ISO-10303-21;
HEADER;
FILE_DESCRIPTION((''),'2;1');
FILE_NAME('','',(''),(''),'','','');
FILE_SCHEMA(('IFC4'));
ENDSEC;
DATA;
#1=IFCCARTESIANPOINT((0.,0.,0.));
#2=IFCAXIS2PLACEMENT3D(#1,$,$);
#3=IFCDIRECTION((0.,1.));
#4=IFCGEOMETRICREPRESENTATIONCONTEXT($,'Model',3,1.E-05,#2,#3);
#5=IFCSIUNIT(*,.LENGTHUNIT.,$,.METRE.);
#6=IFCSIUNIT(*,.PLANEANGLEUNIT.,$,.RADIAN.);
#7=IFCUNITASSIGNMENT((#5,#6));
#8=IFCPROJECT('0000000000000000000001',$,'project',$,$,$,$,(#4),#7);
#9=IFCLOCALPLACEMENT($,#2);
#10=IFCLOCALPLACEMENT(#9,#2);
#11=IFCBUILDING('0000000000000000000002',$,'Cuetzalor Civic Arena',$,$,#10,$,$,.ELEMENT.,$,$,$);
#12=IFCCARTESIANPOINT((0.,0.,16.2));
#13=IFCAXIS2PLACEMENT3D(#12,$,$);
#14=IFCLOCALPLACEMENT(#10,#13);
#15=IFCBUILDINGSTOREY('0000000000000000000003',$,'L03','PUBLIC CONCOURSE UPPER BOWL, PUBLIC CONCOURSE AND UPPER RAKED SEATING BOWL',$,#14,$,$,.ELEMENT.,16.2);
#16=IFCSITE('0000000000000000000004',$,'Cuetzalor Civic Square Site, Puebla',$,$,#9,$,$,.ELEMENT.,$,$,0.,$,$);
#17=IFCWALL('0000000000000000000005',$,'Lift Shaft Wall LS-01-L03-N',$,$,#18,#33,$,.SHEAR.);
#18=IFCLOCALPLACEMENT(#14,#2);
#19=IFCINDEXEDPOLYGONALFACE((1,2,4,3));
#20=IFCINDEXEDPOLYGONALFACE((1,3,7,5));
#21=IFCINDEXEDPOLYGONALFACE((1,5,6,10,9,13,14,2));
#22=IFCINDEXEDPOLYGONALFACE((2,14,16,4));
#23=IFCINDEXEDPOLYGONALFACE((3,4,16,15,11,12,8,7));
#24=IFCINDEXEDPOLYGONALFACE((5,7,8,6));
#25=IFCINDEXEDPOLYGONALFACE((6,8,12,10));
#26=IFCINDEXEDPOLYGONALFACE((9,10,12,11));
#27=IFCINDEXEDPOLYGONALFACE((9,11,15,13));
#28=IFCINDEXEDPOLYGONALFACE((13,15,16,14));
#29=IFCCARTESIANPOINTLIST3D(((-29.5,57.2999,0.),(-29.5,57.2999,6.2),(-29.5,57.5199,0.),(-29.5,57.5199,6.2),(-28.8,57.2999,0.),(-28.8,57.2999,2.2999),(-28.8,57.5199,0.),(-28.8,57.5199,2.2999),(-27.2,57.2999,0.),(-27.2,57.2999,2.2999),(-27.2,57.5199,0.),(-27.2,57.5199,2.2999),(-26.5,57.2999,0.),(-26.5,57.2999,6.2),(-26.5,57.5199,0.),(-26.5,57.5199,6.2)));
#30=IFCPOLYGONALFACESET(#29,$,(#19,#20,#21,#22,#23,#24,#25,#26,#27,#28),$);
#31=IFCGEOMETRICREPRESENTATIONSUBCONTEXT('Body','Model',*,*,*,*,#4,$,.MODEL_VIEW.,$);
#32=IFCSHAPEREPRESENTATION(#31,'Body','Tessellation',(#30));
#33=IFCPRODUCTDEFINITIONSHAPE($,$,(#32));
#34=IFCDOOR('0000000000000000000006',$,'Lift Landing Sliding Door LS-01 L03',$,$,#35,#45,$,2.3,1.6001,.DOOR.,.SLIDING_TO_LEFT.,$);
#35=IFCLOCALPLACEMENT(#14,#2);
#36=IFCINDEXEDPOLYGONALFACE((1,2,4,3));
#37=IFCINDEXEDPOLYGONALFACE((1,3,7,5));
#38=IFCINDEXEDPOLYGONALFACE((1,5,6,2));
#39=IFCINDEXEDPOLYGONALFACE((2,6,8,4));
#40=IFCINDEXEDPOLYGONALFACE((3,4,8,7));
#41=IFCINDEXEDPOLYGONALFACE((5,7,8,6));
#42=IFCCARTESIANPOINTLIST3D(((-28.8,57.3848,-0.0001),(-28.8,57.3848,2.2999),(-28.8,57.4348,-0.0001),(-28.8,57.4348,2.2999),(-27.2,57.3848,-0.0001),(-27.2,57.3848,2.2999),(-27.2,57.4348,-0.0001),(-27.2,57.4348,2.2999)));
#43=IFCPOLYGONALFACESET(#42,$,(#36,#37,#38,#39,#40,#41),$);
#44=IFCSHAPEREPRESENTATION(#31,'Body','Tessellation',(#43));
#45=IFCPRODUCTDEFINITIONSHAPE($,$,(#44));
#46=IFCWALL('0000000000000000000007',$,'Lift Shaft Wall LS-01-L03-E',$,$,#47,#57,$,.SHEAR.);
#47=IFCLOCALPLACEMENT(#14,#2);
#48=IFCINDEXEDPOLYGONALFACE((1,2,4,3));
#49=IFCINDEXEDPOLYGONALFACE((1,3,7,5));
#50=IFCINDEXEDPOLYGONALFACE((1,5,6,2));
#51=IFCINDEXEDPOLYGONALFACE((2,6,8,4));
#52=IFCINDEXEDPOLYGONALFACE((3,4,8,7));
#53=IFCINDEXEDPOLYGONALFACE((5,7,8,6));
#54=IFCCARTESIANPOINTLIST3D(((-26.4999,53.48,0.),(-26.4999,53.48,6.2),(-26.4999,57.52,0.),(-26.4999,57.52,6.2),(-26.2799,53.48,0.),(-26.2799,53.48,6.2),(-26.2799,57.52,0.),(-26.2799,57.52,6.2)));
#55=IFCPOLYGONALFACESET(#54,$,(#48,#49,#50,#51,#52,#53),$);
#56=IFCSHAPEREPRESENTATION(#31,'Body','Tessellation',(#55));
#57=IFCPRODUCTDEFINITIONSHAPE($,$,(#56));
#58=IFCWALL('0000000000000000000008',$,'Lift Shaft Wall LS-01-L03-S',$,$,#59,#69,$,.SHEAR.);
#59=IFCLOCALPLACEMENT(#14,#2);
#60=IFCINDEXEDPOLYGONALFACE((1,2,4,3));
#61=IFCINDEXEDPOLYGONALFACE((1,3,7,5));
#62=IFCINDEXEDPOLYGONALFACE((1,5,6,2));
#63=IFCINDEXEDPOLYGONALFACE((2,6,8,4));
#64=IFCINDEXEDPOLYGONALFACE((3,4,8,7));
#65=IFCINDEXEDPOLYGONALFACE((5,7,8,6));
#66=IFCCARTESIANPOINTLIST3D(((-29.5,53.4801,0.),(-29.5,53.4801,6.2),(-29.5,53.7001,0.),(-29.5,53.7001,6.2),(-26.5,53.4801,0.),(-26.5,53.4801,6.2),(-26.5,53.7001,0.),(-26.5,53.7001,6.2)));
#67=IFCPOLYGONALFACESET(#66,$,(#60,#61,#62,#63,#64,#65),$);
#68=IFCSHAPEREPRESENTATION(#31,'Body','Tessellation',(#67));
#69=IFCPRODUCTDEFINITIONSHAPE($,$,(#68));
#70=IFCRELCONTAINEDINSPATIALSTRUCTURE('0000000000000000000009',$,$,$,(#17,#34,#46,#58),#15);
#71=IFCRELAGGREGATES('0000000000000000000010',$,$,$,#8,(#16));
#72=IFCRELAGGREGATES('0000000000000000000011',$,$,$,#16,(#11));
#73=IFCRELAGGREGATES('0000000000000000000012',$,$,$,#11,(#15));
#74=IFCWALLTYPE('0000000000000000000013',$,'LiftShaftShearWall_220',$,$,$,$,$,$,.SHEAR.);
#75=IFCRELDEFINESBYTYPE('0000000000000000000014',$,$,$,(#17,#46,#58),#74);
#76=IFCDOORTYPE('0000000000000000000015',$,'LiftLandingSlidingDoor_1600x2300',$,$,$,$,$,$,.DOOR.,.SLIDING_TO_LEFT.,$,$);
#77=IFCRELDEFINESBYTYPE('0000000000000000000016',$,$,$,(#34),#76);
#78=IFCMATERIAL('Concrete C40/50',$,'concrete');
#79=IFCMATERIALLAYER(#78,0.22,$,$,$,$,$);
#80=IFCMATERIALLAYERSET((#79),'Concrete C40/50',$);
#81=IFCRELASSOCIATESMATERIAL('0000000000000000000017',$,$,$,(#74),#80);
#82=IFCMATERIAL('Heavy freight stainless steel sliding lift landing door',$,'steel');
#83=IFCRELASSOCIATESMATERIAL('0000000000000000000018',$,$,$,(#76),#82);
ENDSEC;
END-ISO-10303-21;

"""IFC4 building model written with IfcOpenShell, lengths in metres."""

from ifc_helpers import new_model, si_unit, direction, frame, frame_2d, origin, place, context, subcontext, project, spatial, rectangle, extrude, material, layer, layer_set, type_object, element, fill, save


model = new_model("IFC4")

# Units and contexts
model_context = context("Model", 3, precision=1e-05, world=origin(), true_north=direction((0.0, 1.0)))
body_context = subcontext(model_context, "Body", "Model", "MODEL_VIEW")
ifc_project = project(units=[si_unit("LENGTHUNIT", "METRE"), si_unit("PLANEANGLEUNIT", "RADIAN")], contexts=[model_context])

# Site, building, storey
site_placement = place(None, origin())
site = spatial("IfcSite", under=ifc_project, at=site_placement, Name="Cuetzalor Civic Square Site, Puebla", CompositionType="ELEMENT", RefElevation=0.0)
building_placement = place(site_placement, origin())
building = spatial("IfcBuilding", under=site, at=building_placement, Name="Cuetzalor Civic Arena", CompositionType="ELEMENT")
storey_placement = place(building_placement, frame((0.0, 0.0, 16.2)))
storey = spatial("IfcBuildingStorey", under=building, at=storey_placement, Name="L03", Description="PUBLIC CONCOURSE UPPER BOWL, PUBLIC CONCOURSE AND UPPER RAKED SEATING BOWL", CompositionType="ELEMENT", Elevation=16.2)

# Shared definitions
ifc_material_1 = material(Name="Concrete C40/50", Category="concrete")
ifc_layer_1 = layer(ifc_material_1, 0.22)
ifc_layer_set_1 = layer_set([ifc_layer_1], Name="Concrete C40/50")
wall_type_1 = type_object("IfcWallType", Name="LiftShaftShearWall_220", PredefinedType="SHEAR", material=ifc_layer_set_1)

# Wall, opening, door
wall_1_placement = place(storey_placement, frame((-29.5, 57.4099, 0.0), z_axis=(0.0, 0.0, 1.0), x_axis=(1.0, 0.0, 0.0)))
wall_1 = element("IfcWall", 1, at=wall_1_placement, inside=storey, type_object=wall_type_1, Name="Lift Shaft Wall LS-01-L03-N", PredefinedType="SHEAR", context=body_context, shape_type="SweptSolid", body=[
    extrude(rectangle(XDim=3.0, YDim=0.22, at=frame_2d((1.5, 0.0))), origin(), (0.0, 0.0, 1.0), 6.2),
])
opening_1_placement = place(wall_1_placement, frame((0.7, 0.0, 0.0)))
opening_1 = element("IfcOpeningElement", 2, at=opening_1_placement, cuts=wall_1, PredefinedType="OPENING", context=body_context, shape_type="SweptSolid", body=[
    extrude(rectangle(XDim=1.6001, YDim=2.3, at=frame_2d((0.8, 1.1499))), frame((0.0, 0.1201, 0.0), z_axis=(0.0, -1.0, 0.0), x_axis=(1.0, 0.0, 0.0)), (0.0, 0.0, 1.0), 0.24),
])
ifc_material_2 = material(Name="Heavy freight stainless steel sliding lift landing door", Category="steel")
door_type_1 = type_object("IfcDoorType", Name="LiftLandingSlidingDoor_1600x2300", OperationType="SLIDING_TO_LEFT", PredefinedType="DOOR", material=ifc_material_2)
door_1_placement = place(opening_1_placement, origin())
door_1 = element("IfcDoor", 3, at=door_1_placement, inside=storey, type_object=door_type_1, Name="Lift Landing Sliding Door LS-01 L03", OperationType="SLIDING_TO_LEFT", OverallHeight=2.3, OverallWidth=1.6001, PredefinedType="DOOR", context=body_context, shape_type="SweptSolid", body=[
    extrude(rectangle(XDim=1.6001, YDim=2.3, at=frame_2d((0.8, 1.1499))), frame((0.0, 0.0249, 0.0), z_axis=(0.0, -1.0, 0.0), x_axis=(1.0, 0.0, 0.0)), (0.0, 0.0, 1.0), 0.05),
])
fill(opening_1, door_1)

# Walls
wall_2_placement = place(storey_placement, frame((-26.3899, 57.52, 0.0), z_axis=(0.0, 0.0, 1.0), x_axis=(0.0, -1.0, 0.0)))
element("IfcWall", 4, at=wall_2_placement, inside=storey, type_object=wall_type_1, Name="Lift Shaft Wall LS-01-L03-E", PredefinedType="SHEAR", context=body_context, shape_type="SweptSolid", body=[
    extrude(rectangle(XDim=4.04, YDim=0.22, at=frame_2d((2.02, 0.0))), origin(), (0.0, 0.0, 1.0), 6.2),
])
wall_3_placement = place(storey_placement, frame((-26.5, 53.5901, 0.0), z_axis=(0.0, 0.0, 1.0), x_axis=(-1.0, 0.0, 0.0)))
element("IfcWall", 5, at=wall_3_placement, inside=storey, type_object=wall_type_1, Name="Lift Shaft Wall LS-01-L03-S", PredefinedType="SHEAR", context=body_context, shape_type="SweptSolid", body=[
    extrude(rectangle(XDim=3.0, YDim=0.22, at=frame_2d((1.5, 0.0))), origin(), (0.0, 0.0, 1.0), 6.2),
])

save(model, "model.ifc")
